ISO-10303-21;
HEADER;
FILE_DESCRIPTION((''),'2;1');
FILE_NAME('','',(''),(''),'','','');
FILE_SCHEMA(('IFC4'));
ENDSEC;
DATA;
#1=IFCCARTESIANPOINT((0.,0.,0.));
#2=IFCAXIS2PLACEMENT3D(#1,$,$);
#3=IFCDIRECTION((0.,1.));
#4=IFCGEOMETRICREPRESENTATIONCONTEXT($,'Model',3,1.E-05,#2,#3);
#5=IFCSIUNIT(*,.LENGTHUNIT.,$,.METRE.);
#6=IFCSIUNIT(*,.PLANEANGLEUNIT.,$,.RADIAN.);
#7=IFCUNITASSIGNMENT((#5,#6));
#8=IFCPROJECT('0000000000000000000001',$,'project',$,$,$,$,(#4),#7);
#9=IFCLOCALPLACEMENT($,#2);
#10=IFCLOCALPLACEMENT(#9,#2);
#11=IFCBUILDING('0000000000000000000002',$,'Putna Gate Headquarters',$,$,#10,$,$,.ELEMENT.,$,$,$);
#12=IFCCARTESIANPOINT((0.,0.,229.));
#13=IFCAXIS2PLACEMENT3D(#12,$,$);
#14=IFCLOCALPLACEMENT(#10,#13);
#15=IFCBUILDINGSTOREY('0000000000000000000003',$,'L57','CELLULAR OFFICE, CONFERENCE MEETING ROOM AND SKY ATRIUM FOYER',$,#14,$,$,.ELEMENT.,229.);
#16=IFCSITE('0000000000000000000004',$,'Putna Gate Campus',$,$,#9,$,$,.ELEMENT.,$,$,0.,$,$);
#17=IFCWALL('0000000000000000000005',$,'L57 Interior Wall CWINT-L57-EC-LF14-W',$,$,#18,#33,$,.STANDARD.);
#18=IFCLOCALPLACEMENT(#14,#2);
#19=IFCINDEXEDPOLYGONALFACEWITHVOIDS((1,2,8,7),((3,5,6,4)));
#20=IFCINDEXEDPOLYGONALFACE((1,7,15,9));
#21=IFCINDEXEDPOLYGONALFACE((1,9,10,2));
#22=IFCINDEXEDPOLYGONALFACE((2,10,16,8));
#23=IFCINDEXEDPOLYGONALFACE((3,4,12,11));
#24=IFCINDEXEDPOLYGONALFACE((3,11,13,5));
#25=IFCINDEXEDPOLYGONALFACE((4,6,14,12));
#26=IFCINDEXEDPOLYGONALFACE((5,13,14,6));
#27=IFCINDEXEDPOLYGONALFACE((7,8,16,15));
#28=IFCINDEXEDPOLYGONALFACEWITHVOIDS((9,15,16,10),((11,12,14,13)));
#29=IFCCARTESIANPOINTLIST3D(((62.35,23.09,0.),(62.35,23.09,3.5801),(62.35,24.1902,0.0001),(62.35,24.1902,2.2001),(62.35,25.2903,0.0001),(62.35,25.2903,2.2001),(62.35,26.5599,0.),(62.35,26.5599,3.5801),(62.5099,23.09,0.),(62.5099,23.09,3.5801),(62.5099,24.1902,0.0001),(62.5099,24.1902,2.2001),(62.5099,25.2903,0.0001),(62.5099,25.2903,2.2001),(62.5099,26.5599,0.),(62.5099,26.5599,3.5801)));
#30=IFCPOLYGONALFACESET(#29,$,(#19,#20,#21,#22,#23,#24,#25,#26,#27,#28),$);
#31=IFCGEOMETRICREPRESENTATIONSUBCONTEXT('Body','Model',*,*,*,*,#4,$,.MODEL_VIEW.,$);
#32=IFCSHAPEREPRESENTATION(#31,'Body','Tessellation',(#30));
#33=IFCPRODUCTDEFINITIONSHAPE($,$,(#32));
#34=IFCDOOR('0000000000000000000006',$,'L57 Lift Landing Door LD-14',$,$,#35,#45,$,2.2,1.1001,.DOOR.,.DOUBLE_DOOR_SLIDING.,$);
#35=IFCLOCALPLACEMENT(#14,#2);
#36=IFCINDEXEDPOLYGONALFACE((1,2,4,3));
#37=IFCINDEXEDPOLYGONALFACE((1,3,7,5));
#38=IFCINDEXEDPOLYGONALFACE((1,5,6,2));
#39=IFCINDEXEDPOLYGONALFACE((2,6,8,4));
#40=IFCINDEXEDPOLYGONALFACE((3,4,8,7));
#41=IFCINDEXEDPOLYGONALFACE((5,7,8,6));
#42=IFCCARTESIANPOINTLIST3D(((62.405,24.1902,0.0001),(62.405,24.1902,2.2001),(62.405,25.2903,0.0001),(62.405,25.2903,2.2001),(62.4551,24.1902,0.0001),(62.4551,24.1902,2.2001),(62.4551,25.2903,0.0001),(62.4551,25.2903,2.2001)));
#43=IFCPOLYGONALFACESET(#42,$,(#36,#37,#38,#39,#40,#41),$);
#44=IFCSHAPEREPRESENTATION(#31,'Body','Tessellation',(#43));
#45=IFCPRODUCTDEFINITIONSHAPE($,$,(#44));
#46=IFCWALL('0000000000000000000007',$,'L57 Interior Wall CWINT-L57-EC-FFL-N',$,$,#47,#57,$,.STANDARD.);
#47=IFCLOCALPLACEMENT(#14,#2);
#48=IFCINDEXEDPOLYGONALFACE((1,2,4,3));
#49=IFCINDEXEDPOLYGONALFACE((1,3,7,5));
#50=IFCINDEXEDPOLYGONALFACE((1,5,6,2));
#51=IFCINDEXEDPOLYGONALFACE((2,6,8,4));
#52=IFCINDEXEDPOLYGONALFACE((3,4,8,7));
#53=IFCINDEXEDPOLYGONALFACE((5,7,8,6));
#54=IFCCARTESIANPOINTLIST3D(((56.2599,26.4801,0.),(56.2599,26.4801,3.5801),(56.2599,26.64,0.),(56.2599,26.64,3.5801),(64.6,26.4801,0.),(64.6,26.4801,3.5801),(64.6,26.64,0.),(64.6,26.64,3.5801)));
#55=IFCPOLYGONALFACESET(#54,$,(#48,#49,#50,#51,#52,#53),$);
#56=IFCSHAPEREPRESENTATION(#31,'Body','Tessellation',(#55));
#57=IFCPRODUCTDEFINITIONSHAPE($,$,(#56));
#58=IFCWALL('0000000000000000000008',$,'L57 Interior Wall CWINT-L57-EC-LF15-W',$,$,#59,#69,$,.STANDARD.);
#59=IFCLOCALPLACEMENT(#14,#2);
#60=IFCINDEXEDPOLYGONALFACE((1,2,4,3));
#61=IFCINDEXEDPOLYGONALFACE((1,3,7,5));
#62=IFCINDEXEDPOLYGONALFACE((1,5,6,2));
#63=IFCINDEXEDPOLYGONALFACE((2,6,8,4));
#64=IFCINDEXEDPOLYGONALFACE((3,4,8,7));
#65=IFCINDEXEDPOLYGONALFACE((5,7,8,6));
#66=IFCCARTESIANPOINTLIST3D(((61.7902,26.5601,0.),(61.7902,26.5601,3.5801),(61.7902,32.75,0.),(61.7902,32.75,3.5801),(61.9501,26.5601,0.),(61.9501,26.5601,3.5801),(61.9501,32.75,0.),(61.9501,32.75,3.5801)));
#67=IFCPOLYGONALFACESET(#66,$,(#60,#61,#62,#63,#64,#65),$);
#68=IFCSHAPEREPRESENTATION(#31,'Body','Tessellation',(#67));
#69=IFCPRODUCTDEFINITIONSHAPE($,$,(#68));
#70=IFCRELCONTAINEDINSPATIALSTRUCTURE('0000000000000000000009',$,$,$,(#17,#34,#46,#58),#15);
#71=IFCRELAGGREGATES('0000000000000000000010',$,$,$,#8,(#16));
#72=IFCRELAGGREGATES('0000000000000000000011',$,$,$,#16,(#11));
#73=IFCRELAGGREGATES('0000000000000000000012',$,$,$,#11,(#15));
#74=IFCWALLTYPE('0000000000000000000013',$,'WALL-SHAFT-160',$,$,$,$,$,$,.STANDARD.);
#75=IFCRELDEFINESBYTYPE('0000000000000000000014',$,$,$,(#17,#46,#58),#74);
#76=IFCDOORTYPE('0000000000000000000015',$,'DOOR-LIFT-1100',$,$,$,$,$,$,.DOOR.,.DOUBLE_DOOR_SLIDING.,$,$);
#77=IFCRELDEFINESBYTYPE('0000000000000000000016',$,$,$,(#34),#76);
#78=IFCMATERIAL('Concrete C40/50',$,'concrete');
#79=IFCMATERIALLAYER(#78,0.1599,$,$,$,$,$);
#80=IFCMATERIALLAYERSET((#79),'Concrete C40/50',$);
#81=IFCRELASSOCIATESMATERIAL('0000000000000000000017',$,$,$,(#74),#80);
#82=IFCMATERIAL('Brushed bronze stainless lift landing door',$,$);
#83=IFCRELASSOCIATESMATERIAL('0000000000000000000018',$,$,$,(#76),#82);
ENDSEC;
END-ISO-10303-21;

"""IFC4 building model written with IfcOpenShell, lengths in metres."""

from ifc_helpers import new_model, si_unit, direction, frame, frame_2d, origin, place, context, subcontext, project, spatial, rectangle, extrude, material, layer, layer_set, type_object, element, fill, save


model = new_model("IFC4")

# Units and contexts
model_context = context("Model", 3, precision=1e-05, world=origin(), true_north=direction((0.0, 1.0)))
body_context = subcontext(model_context, "Body", "Model", "MODEL_VIEW")
ifc_project = project(units=[si_unit("LENGTHUNIT", "METRE"), si_unit("PLANEANGLEUNIT", "RADIAN")], contexts=[model_context])

# Site, building, storey
site_placement = place(None, origin())
site = spatial("IfcSite", under=ifc_project, at=site_placement, Name="Putna Gate Campus", CompositionType="ELEMENT", RefElevation=0.0)
building_placement = place(site_placement, origin())
building = spatial("IfcBuilding", under=site, at=building_placement, Name="Putna Gate Headquarters", CompositionType="ELEMENT")
storey_placement = place(building_placement, frame((0.0, 0.0, 229.0)))
storey = spatial("IfcBuildingStorey", under=building, at=storey_placement, Name="L57", Description="CELLULAR OFFICE, CONFERENCE MEETING ROOM AND SKY ATRIUM FOYER", CompositionType="ELEMENT", Elevation=229.0)

# Wall, opening, door
ifc_material_1 = material(Name="Concrete C40/50", Category="concrete")
ifc_layer_1 = layer(ifc_material_1, 0.1599)
ifc_layer_set_1 = layer_set([ifc_layer_1], Name="Concrete C40/50")
wall_type_1 = type_object("IfcWallType", Name="WALL-SHAFT-160", PredefinedType="STANDARD", material=ifc_layer_set_1)
wall_1_placement = place(storey_placement, frame((62.4299, 23.0901, 0.0), z_axis=(0.0, 0.0, 1.0), x_axis=(0.0, 1.0, 0.0)))
wall_1 = element("IfcWall", 1, at=wall_1_placement, inside=storey, type_object=wall_type_1, Name="L57 Interior Wall CWINT-L57-EC-LF14-W", PredefinedType="STANDARD", context=body_context, shape_type="SweptSolid", body=[
    extrude(rectangle(XDim=3.47, YDim=0.1599, at=frame_2d((1.7349, 0.0))), origin(), (0.0, 0.0, 1.0), 3.5801),
])
opening_1_placement = place(wall_1_placement, frame((1.1001, 0.0, 0.0)))
opening_1 = element("IfcOpeningElement", 2, at=opening_1_placement, cuts=wall_1, PredefinedType="OPENING", context=body_context, shape_type="SweptSolid", body=[
    extrude(rectangle(XDim=1.1001, YDim=2.2, at=frame_2d((0.55, 1.1001))), frame((0.0, 0.0898, 0.0), z_axis=(0.0, -1.0, 0.0), x_axis=(1.0, 0.0, 0.0)), (0.0, 0.0, 1.0), 0.1799),
])
ifc_material_2 = material(Name="Brushed bronze stainless lift landing door")
door_type_1 = type_object("IfcDoorType", Name="DOOR-LIFT-1100", OperationType="DOUBLE_DOOR_SLIDING", PredefinedType="DOOR", material=ifc_material_2)
door_1_placement = place(opening_1_placement, origin())
door_1 = element("IfcDoor", 3, at=door_1_placement, inside=storey, type_object=door_type_1, Name="L57 Lift Landing Door LD-14", OperationType="DOUBLE_DOOR_SLIDING", OverallHeight=2.2, OverallWidth=1.1001, PredefinedType="DOOR", context=body_context, shape_type="SweptSolid", body=[
    extrude(rectangle(XDim=1.1001, YDim=2.2, at=frame_2d((0.55, 1.1001))), frame((0.0, 0.0249, 0.0), z_axis=(0.0, -1.0, 0.0), x_axis=(1.0, 0.0, 0.0)), (0.0, 0.0, 1.0), 0.05),
])
fill(opening_1, door_1)

# Walls
wall_2_placement = place(storey_placement, frame((56.26, 26.5601, 0.0), z_axis=(0.0, 0.0, 1.0), x_axis=(1.0, 0.0, 0.0)))
element("IfcWall", 4, at=wall_2_placement, inside=storey, type_object=wall_type_1, Name="L57 Interior Wall CWINT-L57-EC-FFL-N", PredefinedType="STANDARD", context=body_context, shape_type="SweptSolid", body=[
    extrude(rectangle(XDim=8.3401, YDim=0.1599, at=frame_2d((4.1699, 0.0))), origin(), (0.0, 0.0, 1.0), 3.5801),
])
wall_3_placement = place(storey_placement, frame((61.8701, 26.5601, 0.0), z_axis=(0.0, 0.0, 1.0), x_axis=(0.0, 1.0, 0.0)))
element("IfcWall", 5, at=wall_3_placement, inside=storey, type_object=wall_type_1, Name="L57 Interior Wall CWINT-L57-EC-LF15-W", PredefinedType="STANDARD", context=body_context, shape_type="SweptSolid", body=[
    extrude(rectangle(XDim=6.1899, YDim=0.1599, at=frame_2d((3.095, 0.0))), origin(), (0.0, 0.0, 1.0), 3.5801),
])

save(model, "model.ifc")
